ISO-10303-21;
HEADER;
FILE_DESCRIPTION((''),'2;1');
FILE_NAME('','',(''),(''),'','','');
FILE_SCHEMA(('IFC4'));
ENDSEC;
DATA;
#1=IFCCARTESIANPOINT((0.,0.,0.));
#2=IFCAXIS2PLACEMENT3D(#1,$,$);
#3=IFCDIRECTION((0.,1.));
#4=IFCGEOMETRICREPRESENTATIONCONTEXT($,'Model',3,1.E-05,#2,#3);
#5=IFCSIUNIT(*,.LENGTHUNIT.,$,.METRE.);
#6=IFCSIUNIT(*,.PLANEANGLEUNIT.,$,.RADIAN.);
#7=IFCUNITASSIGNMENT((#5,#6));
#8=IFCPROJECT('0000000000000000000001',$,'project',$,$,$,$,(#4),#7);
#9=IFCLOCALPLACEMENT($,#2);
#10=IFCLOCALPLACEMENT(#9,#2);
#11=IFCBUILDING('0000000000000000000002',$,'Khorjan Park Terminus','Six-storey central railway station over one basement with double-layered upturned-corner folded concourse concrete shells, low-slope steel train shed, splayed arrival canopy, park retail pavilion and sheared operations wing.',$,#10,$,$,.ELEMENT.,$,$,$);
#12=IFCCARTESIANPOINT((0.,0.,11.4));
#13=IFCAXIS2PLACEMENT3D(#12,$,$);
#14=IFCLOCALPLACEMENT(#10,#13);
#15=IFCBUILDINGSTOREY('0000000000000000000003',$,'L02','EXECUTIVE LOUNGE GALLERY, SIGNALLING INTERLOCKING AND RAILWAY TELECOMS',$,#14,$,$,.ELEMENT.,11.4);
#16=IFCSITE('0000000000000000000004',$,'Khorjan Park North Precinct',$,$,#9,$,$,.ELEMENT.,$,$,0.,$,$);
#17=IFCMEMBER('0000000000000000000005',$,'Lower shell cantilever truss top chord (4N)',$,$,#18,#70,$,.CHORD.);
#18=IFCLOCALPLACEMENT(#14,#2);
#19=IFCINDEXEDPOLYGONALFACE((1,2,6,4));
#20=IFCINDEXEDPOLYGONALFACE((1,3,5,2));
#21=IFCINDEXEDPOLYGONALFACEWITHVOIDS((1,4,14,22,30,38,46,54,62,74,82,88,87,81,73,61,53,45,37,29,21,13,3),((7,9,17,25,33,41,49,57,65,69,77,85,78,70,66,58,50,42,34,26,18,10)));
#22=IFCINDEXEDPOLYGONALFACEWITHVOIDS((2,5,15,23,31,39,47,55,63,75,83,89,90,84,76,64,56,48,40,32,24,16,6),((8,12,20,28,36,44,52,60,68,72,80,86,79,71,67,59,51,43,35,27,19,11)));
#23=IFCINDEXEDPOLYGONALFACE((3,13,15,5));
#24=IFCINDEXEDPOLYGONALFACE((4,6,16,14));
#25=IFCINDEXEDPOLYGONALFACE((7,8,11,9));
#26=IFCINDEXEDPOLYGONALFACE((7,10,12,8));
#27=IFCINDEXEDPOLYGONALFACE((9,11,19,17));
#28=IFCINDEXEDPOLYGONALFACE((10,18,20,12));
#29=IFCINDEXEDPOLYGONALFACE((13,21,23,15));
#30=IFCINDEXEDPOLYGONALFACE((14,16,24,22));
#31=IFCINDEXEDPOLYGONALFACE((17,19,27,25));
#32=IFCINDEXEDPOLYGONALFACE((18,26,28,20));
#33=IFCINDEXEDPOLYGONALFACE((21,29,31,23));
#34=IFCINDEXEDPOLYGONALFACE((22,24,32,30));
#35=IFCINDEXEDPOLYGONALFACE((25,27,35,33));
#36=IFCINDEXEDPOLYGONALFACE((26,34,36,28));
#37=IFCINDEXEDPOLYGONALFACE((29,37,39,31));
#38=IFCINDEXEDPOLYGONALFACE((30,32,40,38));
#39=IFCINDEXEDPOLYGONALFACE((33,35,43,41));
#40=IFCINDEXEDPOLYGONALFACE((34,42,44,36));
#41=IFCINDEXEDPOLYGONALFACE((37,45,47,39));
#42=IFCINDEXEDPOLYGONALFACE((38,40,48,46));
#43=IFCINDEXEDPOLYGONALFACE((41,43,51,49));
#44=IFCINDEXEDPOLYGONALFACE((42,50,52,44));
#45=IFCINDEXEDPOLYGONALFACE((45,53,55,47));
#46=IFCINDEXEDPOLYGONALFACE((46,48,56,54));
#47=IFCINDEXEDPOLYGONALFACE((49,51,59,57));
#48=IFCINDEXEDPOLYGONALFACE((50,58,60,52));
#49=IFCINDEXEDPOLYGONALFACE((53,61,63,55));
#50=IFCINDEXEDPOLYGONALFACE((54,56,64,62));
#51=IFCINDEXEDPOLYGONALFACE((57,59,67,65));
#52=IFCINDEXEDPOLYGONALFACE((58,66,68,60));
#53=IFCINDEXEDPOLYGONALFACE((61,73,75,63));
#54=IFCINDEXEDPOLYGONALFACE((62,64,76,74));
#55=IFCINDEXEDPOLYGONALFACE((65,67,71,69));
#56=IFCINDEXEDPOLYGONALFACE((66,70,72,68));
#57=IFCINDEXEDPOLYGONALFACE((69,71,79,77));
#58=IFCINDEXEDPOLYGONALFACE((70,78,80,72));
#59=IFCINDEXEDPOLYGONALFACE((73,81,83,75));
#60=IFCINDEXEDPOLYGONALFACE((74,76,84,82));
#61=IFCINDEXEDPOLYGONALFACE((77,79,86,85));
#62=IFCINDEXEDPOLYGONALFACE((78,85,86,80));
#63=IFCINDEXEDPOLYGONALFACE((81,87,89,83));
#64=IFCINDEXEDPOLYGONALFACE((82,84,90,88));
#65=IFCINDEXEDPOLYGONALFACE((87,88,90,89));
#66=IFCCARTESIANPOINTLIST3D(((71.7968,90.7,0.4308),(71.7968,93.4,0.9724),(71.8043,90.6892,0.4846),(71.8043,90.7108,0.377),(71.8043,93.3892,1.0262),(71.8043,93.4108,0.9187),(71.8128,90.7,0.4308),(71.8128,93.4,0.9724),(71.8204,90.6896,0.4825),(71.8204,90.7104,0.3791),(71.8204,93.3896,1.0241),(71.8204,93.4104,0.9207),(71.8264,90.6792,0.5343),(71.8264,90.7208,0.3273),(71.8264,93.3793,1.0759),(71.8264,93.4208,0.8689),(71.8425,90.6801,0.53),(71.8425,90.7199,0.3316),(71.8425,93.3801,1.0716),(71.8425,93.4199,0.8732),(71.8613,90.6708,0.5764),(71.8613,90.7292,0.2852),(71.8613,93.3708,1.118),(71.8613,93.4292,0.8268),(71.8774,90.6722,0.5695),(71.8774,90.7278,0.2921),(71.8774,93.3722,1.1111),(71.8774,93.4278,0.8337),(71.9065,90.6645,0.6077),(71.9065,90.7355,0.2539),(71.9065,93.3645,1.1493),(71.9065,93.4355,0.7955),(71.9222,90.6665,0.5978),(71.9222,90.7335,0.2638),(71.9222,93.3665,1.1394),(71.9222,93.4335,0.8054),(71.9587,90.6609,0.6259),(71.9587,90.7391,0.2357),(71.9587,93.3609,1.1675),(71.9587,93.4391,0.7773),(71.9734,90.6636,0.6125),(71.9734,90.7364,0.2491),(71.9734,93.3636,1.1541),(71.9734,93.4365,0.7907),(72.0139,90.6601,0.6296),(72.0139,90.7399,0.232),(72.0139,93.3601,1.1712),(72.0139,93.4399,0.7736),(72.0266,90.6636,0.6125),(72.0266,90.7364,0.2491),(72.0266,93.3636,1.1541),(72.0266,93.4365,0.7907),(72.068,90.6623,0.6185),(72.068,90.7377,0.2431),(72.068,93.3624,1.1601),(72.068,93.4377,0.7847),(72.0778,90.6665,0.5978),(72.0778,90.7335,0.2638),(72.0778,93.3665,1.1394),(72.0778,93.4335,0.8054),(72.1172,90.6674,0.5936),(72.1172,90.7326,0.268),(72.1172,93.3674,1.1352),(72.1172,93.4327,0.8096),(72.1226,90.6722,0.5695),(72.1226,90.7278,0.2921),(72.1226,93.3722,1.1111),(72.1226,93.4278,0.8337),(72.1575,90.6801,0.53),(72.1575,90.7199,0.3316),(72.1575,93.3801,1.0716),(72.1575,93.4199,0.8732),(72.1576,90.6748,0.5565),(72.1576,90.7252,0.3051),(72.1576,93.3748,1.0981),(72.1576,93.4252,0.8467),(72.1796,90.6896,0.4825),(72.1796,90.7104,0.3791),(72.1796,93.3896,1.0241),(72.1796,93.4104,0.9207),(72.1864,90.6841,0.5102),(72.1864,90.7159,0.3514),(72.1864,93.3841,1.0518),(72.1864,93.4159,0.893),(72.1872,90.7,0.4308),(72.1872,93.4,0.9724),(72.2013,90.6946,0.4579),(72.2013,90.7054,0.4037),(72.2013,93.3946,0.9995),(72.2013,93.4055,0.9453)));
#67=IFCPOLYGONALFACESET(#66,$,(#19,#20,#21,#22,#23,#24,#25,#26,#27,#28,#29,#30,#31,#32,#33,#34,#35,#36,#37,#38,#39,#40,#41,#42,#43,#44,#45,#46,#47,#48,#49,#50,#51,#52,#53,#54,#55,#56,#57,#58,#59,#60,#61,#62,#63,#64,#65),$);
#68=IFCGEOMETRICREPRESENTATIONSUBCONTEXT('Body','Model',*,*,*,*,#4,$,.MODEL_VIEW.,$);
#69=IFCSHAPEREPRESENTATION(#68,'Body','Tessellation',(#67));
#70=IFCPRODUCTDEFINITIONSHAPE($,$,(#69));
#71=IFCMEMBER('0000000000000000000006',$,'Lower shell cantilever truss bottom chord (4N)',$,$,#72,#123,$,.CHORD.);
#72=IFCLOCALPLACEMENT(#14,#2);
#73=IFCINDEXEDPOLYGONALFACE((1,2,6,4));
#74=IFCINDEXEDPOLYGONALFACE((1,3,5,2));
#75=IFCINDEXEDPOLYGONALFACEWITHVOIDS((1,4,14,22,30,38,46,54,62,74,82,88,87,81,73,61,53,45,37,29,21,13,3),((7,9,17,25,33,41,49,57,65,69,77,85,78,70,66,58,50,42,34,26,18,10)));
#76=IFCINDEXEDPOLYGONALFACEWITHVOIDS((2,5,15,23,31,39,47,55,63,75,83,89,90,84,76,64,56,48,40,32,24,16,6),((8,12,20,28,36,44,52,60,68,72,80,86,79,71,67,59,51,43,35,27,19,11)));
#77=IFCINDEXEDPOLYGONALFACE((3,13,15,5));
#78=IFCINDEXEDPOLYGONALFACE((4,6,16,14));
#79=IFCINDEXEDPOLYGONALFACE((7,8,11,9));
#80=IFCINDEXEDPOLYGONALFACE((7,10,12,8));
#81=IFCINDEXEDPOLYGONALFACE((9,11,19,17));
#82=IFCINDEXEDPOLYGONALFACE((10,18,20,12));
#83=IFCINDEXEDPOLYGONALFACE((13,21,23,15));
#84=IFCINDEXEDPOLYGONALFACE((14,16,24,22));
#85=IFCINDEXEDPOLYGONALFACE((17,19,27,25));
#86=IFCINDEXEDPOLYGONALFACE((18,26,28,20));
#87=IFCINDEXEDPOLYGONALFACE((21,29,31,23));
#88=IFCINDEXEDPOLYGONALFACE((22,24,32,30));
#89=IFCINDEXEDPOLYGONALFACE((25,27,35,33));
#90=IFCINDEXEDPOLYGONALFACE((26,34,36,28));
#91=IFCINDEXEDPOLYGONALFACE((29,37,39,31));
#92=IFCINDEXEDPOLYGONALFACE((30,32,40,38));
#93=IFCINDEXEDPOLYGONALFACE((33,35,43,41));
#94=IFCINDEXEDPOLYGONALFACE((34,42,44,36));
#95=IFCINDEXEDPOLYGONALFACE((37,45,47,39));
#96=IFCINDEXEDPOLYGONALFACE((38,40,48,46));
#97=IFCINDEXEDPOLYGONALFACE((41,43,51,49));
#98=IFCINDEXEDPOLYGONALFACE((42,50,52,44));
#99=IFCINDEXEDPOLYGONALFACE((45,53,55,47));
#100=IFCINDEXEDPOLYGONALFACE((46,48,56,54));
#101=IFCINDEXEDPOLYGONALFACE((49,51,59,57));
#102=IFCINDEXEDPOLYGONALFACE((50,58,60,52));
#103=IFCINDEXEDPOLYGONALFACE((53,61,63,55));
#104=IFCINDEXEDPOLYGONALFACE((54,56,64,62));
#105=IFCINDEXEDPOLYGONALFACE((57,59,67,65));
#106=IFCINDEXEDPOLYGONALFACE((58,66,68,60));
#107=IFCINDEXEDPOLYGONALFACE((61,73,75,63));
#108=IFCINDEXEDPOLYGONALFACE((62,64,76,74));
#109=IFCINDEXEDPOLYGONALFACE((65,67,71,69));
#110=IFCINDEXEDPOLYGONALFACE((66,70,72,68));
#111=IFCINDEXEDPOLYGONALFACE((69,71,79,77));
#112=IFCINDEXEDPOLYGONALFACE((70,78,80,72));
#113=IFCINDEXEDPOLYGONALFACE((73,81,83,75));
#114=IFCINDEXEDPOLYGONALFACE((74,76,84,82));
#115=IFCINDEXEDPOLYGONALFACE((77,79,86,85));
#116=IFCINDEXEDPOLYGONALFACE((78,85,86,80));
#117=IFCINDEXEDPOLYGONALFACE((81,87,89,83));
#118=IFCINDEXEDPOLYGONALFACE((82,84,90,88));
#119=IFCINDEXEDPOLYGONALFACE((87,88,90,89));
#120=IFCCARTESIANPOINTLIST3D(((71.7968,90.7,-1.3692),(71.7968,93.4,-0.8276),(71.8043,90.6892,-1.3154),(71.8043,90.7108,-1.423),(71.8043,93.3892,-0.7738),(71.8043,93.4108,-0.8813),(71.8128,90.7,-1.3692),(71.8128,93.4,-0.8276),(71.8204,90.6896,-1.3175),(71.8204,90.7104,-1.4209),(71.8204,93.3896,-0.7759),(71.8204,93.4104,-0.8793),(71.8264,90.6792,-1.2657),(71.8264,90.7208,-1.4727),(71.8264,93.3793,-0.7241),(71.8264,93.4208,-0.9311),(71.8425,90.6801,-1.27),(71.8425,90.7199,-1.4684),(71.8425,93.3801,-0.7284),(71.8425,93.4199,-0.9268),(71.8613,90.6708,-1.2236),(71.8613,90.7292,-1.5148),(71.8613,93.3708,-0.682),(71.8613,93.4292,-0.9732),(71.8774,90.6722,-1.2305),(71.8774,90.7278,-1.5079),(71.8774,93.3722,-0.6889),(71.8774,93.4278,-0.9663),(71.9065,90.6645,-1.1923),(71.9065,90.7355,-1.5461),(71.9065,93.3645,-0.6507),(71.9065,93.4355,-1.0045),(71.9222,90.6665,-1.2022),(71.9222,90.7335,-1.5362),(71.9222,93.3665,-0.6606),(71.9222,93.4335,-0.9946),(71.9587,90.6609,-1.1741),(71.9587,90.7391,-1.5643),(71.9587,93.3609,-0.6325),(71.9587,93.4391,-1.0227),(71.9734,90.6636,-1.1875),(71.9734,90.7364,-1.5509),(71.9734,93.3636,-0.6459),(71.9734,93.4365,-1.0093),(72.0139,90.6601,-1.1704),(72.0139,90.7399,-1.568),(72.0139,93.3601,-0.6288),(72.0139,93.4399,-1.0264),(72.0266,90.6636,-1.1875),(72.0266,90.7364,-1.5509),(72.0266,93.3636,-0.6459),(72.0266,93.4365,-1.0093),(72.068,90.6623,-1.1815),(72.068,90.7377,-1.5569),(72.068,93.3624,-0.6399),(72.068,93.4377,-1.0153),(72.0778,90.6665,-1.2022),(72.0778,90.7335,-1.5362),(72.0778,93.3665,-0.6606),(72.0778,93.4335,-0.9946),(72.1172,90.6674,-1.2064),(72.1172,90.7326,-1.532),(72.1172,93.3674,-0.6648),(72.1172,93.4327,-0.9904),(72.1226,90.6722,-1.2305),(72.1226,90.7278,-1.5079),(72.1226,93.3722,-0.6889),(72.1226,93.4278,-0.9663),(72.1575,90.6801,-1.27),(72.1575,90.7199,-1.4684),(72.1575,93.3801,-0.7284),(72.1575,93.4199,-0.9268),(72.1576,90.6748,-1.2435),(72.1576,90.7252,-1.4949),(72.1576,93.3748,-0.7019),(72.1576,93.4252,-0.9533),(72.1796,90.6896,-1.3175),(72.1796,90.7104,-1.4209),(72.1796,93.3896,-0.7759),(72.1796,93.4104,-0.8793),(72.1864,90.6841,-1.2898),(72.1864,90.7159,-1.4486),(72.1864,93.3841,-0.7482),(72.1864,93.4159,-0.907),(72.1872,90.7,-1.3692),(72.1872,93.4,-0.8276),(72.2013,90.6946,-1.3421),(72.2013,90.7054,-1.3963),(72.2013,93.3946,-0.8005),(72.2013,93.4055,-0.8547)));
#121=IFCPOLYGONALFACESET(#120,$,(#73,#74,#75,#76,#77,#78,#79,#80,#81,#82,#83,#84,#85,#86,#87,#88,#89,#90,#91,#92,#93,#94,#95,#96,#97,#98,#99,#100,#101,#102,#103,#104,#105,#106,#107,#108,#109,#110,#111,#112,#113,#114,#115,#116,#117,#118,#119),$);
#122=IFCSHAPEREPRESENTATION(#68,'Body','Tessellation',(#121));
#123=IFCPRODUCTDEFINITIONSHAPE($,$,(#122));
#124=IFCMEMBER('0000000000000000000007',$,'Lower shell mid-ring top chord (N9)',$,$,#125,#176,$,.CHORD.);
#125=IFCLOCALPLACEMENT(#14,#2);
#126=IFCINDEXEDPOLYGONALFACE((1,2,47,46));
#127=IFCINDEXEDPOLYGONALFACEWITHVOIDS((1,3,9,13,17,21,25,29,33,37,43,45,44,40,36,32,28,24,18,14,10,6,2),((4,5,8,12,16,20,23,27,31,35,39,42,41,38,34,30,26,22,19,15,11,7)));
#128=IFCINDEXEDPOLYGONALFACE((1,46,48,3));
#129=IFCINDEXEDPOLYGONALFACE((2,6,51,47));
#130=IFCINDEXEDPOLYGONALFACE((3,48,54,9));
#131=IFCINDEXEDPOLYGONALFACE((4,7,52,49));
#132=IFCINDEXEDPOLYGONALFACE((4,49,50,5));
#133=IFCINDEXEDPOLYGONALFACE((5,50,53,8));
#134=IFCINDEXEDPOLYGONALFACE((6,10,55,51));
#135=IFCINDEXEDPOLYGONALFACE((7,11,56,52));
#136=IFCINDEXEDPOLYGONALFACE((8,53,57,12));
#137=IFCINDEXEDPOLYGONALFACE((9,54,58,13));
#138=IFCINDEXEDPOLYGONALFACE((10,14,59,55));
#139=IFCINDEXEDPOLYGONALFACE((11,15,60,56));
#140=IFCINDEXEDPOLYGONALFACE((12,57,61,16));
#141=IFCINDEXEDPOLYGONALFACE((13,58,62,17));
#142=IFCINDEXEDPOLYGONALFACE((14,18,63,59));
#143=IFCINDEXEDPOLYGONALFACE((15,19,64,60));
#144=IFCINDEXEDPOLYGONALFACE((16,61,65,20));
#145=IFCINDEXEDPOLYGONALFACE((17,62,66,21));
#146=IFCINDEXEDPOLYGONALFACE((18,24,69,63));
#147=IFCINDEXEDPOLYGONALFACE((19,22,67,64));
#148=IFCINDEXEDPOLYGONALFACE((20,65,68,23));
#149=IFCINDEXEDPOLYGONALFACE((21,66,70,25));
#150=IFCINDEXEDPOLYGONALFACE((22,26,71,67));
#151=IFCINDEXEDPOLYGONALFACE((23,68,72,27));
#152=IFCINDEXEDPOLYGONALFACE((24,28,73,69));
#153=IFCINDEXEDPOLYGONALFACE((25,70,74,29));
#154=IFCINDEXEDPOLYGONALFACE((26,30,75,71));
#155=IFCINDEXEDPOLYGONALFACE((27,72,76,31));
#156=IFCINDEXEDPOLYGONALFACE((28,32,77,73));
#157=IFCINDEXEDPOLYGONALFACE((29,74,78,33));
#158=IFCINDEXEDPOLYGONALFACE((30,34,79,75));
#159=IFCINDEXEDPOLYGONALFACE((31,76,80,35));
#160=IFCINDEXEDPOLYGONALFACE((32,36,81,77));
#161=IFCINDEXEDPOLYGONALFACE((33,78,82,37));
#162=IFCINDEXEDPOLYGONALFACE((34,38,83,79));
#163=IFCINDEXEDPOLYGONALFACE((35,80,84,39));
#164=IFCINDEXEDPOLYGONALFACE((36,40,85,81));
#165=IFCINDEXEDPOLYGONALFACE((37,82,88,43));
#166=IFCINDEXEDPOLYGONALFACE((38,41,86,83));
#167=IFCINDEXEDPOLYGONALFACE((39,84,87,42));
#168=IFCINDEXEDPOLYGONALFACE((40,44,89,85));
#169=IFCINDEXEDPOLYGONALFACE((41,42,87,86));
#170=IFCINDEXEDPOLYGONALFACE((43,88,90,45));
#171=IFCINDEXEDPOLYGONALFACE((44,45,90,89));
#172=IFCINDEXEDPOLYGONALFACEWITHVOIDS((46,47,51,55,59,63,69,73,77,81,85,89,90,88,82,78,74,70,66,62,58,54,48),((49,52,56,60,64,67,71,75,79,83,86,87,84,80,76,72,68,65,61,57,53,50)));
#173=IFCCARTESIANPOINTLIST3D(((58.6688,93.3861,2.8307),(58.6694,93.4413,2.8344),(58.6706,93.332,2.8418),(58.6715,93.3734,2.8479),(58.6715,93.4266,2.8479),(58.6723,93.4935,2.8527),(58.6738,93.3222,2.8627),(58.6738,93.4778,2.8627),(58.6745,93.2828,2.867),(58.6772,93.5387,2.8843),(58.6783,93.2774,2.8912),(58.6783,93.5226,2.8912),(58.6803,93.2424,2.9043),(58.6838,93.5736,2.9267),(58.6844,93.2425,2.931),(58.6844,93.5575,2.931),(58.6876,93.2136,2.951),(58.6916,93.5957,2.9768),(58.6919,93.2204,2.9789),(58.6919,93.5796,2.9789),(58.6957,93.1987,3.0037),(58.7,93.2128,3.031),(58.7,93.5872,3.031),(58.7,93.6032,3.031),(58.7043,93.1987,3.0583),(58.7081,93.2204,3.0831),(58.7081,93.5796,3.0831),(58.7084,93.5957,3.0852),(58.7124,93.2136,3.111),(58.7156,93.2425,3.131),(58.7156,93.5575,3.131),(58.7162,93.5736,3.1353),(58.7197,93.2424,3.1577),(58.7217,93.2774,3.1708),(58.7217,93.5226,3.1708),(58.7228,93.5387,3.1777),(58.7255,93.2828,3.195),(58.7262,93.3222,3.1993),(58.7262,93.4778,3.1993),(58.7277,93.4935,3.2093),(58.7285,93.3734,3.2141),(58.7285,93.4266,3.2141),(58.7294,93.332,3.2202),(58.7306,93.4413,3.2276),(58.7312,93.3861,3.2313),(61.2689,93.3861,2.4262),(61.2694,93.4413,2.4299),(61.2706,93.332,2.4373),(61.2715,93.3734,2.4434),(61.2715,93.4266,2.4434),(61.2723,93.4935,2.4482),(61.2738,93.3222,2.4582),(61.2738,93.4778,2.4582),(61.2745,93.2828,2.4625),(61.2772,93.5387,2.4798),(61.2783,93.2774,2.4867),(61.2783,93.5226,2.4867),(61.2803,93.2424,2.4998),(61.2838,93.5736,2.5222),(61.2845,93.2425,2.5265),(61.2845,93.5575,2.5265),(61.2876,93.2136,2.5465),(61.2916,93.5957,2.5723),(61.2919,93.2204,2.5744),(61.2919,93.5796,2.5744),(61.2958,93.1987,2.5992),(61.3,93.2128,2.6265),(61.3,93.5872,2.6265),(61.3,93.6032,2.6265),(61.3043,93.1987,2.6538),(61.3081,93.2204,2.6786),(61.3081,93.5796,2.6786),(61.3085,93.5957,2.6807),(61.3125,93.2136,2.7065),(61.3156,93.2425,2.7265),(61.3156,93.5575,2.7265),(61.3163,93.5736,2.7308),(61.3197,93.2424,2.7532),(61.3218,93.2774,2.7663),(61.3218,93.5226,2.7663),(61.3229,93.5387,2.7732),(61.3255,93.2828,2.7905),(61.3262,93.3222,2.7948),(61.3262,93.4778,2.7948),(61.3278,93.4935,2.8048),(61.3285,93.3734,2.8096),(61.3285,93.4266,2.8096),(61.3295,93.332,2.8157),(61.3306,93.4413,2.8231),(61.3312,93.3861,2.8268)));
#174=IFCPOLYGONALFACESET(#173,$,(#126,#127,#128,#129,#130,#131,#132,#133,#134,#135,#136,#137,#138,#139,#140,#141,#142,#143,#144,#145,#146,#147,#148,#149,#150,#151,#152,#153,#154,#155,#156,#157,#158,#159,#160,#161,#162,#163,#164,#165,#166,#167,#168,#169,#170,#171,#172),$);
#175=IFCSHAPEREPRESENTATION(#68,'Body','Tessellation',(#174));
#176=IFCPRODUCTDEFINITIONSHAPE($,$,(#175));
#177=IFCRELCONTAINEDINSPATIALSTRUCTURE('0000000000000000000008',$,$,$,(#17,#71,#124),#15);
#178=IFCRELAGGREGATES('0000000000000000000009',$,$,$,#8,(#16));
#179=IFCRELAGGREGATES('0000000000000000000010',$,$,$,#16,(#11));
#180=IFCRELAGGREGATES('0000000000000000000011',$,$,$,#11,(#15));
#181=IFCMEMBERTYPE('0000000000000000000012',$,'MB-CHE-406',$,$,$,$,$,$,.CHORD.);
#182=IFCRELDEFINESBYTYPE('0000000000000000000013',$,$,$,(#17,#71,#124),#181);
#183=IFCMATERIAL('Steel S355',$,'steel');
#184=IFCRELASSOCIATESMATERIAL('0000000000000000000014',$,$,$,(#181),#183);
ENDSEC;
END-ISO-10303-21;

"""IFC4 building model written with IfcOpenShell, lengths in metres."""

from ifc_helpers import new_model, si_unit, direction, frame, origin, origin_2d, place, context, subcontext, project, spatial, hollow_circle, extrude, material, material_profile, profile_set, type_object, element, save


model = new_model("IFC4")

# Units and contexts
model_context = context("Model", 3, precision=1e-05, world=origin(), true_north=direction((0.0, 1.0)))
body_context = subcontext(model_context, "Body", "Model", "MODEL_VIEW")
ifc_project = project(units=[si_unit("LENGTHUNIT", "METRE"), si_unit("PLANEANGLEUNIT", "RADIAN")], contexts=[model_context])

# Site, building, storey
site_placement = place(None, origin())
site = spatial("IfcSite", under=ifc_project, at=site_placement, Name="Khorjan Park North Precinct", CompositionType="ELEMENT", RefElevation=0.0)
building_placement = place(site_placement, origin())
building = spatial("IfcBuilding", under=site, at=building_placement, Name="Khorjan Park Terminus", Description="Six-storey central railway station over one basement with double-layered upturned-corner folded concourse concrete shells, low-slope steel train shed, splayed arrival canopy, park retail pavilion and sheared operations wing.", CompositionType="ELEMENT")
storey_placement = place(building_placement, frame((0.0, 0.0, 11.4)))
storey = spatial("IfcBuildingStorey", under=building, at=storey_placement, Name="L02", Description="EXECUTIVE LOUNGE GALLERY, SIGNALLING INTERLOCKING AND RAILWAY TELECOMS", CompositionType="ELEMENT", Elevation=11.4)

# Members
ifc_material_1 = material(Name="Steel S355", Category="steel")
ifc_material_profile_1 = material_profile(ifc_material_1, hollow_circle(Radius=0.2032, WallThickness=0.016, at=origin_2d()), Name="CHS 406.4x16")
ifc_profile_set_1 = profile_set([ifc_material_profile_1], Name="Steel S355")
member_type_1 = type_object("IfcMemberType", Name="MB-CHE-406", PredefinedType="CHORD", material=ifc_profile_set_1)
for number, where, z_axis, x_axis, name in (
    (1, (72.0, 90.7, 0.4308), (0.0, 0.980469, 0.196675), (-1.0, 0.0, 0.0), "Lower shell cantilever truss top chord (4N)"),
    (2, (72.0, 90.7, -1.3692), (0.0, 0.980469, 0.196675), (-1.0, 0.0, 0.0), "Lower shell cantilever truss bottom chord (4N)"),
):
    element("IfcMember", number, at=place(storey_placement, frame(where, z_axis=z_axis, x_axis=x_axis)), inside=storey, type_object=member_type_1, Name=name, PredefinedType="CHORD", context=body_context, shape_type="SweptSolid", body=[
        extrude(hollow_circle(Radius=0.2032, WallThickness=0.016, at=origin_2d()), origin(), (0.0, 0.0, 1.0), 2.7538),
    ])
for number, where, z_axis, x_axis, name in (
    (3, (58.7, 93.4, 3.031), (0.988113, 0.0, -0.153728), (0.0, 1.0, 0.0), "Lower shell mid-ring top chord (N9)"),
):
    element("IfcMember", number, at=place(storey_placement, frame(where, z_axis=z_axis, x_axis=x_axis)), inside=storey, type_object=member_type_1, Name=name, PredefinedType="CHORD", context=body_context, shape_type="SweptSolid", body=[
        extrude(hollow_circle(Radius=0.2032, WallThickness=0.016, at=origin_2d()), origin(), (0.0, 0.0, 1.0), 2.6313),
    ])

save(model, "model.ifc")
